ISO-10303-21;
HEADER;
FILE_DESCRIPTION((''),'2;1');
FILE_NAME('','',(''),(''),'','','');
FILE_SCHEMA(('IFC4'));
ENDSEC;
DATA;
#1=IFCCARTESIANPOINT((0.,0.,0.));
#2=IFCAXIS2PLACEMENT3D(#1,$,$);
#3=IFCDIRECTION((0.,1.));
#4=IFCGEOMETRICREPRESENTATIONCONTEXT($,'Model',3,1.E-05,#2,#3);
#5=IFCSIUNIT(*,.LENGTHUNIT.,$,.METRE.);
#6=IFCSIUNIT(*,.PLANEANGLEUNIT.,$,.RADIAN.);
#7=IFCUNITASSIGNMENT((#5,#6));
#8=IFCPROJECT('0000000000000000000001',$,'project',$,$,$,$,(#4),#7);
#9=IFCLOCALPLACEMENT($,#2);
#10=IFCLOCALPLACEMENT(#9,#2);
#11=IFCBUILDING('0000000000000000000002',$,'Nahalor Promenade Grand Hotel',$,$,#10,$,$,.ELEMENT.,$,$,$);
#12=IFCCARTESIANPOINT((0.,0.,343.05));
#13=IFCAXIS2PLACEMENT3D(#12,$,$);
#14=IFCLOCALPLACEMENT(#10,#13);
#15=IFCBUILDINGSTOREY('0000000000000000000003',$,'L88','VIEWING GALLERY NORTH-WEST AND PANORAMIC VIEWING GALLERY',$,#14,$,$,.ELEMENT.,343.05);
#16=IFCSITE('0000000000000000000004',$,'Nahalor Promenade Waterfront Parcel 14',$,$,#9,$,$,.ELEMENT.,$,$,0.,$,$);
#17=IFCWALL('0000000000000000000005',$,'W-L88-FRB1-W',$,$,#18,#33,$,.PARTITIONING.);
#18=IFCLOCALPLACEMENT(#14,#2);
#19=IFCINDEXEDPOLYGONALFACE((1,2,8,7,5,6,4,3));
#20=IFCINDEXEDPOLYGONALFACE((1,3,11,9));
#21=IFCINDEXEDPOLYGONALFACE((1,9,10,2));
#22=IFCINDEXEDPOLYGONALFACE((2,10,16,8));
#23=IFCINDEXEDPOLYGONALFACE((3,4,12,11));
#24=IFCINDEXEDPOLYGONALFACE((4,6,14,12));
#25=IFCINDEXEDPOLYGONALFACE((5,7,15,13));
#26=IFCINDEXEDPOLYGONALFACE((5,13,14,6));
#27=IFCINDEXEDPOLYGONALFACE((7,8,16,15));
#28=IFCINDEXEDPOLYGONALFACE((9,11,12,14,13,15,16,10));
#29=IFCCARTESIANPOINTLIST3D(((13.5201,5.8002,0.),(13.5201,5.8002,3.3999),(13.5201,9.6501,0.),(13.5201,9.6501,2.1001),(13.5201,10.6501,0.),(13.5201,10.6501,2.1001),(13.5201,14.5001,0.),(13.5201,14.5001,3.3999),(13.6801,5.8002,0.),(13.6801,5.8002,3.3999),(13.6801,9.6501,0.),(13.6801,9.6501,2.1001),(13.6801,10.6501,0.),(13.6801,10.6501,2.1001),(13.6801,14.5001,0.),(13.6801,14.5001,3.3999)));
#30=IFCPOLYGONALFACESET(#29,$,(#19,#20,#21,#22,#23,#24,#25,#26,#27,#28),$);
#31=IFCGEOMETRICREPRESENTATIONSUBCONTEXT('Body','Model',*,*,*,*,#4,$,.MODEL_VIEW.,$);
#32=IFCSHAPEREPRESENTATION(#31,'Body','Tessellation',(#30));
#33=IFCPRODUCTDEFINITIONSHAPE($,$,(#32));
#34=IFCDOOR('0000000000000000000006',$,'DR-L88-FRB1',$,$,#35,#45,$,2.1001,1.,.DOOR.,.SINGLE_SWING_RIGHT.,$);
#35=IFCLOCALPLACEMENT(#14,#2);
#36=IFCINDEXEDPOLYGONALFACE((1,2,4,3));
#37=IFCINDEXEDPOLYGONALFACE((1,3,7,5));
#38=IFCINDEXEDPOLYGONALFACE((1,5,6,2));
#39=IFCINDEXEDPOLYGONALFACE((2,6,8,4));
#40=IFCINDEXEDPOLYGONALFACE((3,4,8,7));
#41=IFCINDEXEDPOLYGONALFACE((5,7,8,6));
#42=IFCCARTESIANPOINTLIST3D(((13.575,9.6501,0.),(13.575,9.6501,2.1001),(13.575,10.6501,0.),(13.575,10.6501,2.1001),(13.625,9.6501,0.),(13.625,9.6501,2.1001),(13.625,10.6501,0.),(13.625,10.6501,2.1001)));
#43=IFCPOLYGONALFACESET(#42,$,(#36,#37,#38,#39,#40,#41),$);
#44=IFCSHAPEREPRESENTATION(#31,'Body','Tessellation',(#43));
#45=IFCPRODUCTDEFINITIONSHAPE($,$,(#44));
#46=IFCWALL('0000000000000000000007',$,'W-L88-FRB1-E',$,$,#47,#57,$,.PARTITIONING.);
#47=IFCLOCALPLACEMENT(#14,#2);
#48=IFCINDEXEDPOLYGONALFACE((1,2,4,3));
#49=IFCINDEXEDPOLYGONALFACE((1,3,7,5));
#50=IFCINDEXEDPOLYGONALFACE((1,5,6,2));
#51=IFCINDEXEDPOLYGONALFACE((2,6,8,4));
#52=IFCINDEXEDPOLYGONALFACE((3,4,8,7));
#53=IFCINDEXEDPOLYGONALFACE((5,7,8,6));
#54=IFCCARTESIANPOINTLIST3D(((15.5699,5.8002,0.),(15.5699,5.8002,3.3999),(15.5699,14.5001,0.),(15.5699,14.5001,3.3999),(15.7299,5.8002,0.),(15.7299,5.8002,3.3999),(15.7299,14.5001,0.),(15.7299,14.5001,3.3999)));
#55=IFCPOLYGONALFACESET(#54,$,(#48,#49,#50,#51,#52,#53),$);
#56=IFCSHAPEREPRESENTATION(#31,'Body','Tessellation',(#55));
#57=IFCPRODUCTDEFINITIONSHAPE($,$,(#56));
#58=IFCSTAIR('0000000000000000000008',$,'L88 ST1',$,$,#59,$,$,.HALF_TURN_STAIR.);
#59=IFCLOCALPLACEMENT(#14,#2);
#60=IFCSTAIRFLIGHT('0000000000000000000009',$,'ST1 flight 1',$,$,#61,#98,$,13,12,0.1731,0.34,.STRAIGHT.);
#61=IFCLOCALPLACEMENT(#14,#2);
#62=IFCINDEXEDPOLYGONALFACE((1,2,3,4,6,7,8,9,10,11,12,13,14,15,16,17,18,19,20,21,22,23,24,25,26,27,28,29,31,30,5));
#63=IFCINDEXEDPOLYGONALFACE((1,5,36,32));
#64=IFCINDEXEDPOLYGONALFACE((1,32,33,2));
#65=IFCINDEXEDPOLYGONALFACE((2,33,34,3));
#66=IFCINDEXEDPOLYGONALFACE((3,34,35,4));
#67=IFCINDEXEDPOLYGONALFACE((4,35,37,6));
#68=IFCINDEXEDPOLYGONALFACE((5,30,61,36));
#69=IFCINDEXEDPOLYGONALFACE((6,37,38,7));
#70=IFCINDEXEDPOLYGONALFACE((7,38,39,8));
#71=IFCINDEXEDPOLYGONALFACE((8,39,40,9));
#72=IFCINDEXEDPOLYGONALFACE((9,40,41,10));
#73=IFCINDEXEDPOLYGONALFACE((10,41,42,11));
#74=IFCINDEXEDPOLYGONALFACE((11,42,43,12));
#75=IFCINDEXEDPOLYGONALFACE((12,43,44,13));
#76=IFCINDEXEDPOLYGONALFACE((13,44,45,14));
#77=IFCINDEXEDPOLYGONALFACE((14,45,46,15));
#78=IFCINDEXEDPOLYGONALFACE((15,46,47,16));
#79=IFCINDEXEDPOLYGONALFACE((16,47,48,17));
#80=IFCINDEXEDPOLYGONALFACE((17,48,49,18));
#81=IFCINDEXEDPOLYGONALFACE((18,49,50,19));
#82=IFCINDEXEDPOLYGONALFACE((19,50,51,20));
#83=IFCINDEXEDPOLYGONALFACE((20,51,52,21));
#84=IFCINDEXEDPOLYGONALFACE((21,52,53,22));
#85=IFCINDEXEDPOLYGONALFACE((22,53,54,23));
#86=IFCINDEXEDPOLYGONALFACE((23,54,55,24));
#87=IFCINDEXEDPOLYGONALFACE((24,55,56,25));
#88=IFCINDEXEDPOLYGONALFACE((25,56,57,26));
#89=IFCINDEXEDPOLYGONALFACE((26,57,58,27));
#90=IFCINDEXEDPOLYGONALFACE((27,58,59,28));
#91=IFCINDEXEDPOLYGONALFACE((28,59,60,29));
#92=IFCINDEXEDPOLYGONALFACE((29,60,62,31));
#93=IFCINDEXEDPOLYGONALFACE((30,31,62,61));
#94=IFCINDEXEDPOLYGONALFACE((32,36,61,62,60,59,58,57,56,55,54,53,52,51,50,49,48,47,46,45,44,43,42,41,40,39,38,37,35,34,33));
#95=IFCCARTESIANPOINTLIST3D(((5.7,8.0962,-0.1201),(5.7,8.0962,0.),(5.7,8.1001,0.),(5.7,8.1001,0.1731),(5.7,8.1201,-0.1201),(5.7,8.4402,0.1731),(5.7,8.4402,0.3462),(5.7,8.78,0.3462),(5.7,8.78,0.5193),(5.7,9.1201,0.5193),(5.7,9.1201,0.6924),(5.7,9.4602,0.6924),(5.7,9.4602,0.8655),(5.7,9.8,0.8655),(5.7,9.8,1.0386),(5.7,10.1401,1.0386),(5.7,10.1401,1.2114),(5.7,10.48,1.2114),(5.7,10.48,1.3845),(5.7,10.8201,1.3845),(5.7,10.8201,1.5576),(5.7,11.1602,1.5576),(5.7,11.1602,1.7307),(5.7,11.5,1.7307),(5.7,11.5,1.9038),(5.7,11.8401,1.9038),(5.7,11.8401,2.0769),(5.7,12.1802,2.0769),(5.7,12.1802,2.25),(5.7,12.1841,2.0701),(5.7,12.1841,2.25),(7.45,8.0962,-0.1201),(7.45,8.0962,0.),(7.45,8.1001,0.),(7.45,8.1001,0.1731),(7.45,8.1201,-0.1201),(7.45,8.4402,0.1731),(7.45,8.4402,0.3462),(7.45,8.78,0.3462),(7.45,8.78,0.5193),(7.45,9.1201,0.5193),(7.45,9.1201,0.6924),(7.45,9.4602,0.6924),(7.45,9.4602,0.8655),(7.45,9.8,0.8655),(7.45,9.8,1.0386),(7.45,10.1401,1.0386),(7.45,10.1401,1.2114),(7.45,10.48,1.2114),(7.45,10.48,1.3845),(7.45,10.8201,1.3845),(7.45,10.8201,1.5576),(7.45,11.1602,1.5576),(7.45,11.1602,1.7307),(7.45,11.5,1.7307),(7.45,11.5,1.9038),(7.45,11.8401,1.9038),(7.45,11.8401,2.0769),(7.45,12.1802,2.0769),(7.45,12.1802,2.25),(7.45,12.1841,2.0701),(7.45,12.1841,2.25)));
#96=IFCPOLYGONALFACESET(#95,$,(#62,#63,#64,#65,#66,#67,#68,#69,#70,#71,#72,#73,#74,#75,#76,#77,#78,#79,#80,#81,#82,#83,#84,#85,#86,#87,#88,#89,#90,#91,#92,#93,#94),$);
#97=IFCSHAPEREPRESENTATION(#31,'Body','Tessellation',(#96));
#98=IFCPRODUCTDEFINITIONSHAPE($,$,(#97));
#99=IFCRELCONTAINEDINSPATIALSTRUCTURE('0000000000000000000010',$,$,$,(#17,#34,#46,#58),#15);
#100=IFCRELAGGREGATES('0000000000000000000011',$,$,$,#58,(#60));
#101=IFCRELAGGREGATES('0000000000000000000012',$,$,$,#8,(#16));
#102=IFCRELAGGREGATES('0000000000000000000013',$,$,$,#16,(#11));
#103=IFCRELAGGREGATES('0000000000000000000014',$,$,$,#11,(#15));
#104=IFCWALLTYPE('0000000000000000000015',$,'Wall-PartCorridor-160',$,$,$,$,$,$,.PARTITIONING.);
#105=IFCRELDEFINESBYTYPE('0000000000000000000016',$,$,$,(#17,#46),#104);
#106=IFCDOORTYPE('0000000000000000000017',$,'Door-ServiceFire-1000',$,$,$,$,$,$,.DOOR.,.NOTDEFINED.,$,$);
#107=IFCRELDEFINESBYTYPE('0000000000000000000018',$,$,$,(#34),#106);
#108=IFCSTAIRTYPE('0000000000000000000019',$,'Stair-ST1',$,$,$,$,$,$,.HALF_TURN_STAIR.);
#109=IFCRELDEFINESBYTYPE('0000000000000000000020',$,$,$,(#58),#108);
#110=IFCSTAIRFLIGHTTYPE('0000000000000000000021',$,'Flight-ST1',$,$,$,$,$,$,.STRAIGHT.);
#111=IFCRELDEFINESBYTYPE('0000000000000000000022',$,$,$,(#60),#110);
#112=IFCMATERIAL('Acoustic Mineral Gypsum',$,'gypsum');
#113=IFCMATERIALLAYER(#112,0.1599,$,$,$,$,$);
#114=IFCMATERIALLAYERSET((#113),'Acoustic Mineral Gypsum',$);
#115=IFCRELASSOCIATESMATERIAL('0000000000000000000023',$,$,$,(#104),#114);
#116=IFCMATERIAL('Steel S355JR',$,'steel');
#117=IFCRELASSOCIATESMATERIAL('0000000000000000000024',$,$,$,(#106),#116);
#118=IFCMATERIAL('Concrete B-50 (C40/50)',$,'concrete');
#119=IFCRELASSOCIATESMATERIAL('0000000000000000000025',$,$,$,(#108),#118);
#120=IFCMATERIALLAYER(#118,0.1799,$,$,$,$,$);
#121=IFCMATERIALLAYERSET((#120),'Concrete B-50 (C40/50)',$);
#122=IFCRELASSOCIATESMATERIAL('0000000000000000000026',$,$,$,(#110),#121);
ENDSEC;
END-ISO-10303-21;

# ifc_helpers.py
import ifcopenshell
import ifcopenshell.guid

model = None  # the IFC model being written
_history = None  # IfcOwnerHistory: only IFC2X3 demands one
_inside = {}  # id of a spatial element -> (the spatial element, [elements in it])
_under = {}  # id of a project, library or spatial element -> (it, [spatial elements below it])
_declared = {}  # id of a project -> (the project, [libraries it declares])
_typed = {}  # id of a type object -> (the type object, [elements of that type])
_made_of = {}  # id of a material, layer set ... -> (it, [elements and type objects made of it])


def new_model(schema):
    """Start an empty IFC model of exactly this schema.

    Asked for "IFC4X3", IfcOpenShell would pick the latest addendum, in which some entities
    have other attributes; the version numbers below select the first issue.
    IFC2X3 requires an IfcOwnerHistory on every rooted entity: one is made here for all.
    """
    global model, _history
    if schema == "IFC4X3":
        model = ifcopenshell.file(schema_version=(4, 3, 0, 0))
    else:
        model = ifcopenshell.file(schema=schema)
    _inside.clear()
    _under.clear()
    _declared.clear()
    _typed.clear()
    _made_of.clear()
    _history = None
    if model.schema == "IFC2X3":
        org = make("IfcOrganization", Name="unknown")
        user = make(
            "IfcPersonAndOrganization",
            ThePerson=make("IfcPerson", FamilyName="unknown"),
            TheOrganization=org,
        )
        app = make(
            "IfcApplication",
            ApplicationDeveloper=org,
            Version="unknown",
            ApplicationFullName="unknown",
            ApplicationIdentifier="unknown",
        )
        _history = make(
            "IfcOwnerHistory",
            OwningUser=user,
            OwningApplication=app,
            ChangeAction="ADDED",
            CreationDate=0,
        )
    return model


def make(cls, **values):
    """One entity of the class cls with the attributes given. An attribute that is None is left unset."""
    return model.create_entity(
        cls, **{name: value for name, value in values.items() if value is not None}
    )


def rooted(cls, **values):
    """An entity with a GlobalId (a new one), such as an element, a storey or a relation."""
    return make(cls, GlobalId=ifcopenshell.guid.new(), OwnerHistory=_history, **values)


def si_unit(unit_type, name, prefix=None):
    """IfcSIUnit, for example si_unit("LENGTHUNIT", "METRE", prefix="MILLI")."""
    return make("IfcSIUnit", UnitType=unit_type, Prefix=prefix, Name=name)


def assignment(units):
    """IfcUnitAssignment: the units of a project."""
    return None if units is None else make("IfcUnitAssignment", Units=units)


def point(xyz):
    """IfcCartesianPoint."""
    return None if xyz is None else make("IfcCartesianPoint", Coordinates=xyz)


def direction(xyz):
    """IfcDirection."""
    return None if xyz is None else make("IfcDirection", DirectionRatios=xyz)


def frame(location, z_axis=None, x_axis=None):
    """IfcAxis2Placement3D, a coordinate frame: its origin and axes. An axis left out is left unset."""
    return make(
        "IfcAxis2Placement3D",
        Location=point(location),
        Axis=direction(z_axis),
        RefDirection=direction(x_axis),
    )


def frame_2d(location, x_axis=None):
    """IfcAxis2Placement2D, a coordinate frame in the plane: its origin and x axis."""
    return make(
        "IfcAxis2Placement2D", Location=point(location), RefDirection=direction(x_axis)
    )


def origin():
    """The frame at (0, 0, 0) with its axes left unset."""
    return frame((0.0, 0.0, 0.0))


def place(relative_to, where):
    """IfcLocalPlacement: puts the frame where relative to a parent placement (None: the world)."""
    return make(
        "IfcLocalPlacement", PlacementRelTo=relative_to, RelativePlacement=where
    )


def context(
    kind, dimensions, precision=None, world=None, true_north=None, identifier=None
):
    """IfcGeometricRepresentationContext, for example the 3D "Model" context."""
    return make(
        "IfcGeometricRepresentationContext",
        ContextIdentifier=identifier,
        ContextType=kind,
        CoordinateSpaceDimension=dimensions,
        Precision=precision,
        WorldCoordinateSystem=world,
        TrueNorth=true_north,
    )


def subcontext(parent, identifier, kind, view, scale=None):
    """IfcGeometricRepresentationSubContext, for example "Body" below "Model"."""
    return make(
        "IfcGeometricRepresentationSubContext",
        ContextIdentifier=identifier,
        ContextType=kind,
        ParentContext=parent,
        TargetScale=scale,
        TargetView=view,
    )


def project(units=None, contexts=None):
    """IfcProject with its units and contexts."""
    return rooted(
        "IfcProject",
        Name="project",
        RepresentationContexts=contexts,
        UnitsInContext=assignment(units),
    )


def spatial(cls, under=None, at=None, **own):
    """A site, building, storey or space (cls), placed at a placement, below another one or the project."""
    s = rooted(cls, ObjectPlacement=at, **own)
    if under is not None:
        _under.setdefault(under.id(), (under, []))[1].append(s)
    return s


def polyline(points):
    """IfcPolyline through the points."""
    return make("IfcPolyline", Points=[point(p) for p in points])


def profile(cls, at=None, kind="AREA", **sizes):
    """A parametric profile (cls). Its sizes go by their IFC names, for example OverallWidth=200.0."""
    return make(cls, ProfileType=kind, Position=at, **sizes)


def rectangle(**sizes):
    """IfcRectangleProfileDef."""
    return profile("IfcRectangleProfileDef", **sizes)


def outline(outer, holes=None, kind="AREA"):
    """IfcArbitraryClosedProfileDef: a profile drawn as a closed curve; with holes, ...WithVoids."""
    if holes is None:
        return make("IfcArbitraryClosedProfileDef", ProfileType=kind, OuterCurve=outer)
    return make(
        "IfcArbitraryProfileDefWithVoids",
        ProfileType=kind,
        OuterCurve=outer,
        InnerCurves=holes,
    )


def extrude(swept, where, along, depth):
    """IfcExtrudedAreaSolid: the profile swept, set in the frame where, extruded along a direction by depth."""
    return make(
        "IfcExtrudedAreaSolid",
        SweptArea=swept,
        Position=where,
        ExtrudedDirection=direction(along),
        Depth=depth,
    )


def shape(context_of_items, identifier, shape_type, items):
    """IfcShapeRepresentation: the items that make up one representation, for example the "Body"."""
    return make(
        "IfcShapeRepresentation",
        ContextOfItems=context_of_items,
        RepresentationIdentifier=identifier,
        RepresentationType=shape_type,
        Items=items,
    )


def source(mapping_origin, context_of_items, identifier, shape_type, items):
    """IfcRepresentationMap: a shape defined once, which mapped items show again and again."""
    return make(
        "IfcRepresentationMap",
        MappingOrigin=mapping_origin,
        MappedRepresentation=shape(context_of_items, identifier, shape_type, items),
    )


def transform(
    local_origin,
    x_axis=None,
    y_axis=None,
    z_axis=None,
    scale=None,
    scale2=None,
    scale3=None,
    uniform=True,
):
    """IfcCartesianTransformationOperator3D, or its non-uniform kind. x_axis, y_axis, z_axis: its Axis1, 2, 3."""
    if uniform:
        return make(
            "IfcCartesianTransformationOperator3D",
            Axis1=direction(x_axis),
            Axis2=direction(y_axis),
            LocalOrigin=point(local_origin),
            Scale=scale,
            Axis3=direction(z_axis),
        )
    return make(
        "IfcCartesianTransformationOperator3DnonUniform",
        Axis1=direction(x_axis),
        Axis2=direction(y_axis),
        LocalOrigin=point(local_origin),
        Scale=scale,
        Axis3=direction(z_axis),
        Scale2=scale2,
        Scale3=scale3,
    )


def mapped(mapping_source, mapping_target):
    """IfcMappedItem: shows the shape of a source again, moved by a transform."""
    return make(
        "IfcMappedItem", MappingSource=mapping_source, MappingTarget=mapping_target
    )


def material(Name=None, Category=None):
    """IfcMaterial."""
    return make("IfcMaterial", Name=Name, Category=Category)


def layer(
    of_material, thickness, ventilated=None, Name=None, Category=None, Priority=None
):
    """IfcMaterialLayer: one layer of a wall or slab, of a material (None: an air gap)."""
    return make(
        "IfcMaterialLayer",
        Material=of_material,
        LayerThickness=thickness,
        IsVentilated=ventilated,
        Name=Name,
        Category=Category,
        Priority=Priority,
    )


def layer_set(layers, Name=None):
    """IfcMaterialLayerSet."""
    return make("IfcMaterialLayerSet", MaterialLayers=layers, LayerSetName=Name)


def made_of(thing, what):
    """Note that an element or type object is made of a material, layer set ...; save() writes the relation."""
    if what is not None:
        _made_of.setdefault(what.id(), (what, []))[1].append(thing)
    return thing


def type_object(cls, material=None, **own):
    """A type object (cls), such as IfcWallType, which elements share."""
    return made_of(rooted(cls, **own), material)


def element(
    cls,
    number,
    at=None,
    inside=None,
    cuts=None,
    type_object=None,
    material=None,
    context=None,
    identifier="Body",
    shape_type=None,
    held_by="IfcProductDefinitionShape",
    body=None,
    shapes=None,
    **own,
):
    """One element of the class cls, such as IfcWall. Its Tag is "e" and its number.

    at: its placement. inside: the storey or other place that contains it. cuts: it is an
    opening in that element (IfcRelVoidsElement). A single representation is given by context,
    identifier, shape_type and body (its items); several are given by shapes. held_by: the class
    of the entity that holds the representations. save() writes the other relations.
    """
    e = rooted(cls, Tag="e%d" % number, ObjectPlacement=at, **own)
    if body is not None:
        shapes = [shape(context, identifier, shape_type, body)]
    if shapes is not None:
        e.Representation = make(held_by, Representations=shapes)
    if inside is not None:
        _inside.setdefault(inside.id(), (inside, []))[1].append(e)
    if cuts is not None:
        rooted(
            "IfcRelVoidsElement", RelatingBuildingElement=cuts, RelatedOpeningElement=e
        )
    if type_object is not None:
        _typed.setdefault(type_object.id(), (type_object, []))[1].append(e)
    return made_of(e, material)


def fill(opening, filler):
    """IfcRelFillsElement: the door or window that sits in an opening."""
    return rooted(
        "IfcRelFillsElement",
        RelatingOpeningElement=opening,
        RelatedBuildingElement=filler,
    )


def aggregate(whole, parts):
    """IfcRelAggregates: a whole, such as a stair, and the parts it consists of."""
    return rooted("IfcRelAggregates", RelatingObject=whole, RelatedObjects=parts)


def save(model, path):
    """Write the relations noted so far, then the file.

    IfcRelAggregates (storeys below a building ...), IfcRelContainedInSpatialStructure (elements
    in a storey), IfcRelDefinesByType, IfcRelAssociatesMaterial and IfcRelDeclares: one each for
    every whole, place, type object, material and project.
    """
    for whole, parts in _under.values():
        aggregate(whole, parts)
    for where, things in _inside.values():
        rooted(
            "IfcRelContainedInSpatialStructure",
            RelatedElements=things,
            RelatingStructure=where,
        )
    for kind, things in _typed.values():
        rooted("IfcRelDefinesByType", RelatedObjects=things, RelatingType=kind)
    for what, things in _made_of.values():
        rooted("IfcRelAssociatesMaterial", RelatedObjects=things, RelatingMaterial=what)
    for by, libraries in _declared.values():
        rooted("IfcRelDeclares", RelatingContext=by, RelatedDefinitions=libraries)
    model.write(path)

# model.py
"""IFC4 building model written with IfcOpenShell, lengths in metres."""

from ifc_helpers import new_model, si_unit, direction, frame, frame_2d, origin, place, context, subcontext, project, spatial, polyline, rectangle, outline, extrude, source, transform, mapped, material, layer, layer_set, type_object, element, fill, aggregate, save


model = new_model("IFC4")

# Units and contexts
model_context = context("Model", 3, precision=1e-05, world=origin(), true_north=direction((0.0, 1.0)))
body_context = subcontext(model_context, "Body", "Model", "MODEL_VIEW")
ifc_project = project(units=[si_unit("LENGTHUNIT", "METRE"), si_unit("PLANEANGLEUNIT", "RADIAN")], contexts=[model_context])

# Site, building, storey
site_placement = place(None, origin())
site = spatial("IfcSite", under=ifc_project, at=site_placement, Name="Nahalor Promenade Waterfront Parcel 14", CompositionType="ELEMENT", RefElevation=0.0)
building_placement = place(site_placement, origin())
building = spatial("IfcBuilding", under=site, at=building_placement, Name="Nahalor Promenade Grand Hotel", CompositionType="ELEMENT")
storey_placement = place(building_placement, frame((0.0, 0.0, 343.05)))
storey = spatial("IfcBuildingStorey", under=building, at=storey_placement, Name="L88", Description="VIEWING GALLERY NORTH-WEST AND PANORAMIC VIEWING GALLERY", CompositionType="ELEMENT", Elevation=343.05)

# Shared definitions
ifc_material_1 = material(Name="Steel S355JR", Category="steel")

# Shared definitions
ifc_material_2 = material(Name="Concrete B-50 (C40/50)", Category="concrete")

# Shared definitions
ifc_material_3 = material(Name="Acoustic Mineral Gypsum", Category="gypsum")
ifc_layer_1 = layer(ifc_material_3, 0.1599)
ifc_layer_set_1 = layer_set([ifc_layer_1], Name="Acoustic Mineral Gypsum")
wall_type_1 = type_object("IfcWallType", Name="Wall-PartCorridor-160", PredefinedType="PARTITIONING", material=ifc_layer_set_1)
door_type_1 = type_object("IfcDoorType", Name="Door-ServiceFire-1000", OperationType="NOTDEFINED", PredefinedType="DOOR", material=ifc_material_1)
shared_shape_1 = source(origin(), body_context, "Body", "SweptSolid", [
    extrude(rectangle(XDim=1.0, YDim=2.1001, at=frame_2d((0.5, 1.05))), frame((0.0, 0.0249, 0.0), z_axis=(0.0, -1.0, 0.0), x_axis=(1.0, 0.0, 0.0)), (0.0, 0.0, 1.0), 0.05),
])

# Wall, opening, door
shared_shape_2 = source(origin(), body_context, "Body", "SweptSolid", [
    extrude(rectangle(XDim=8.7, YDim=0.1599, at=frame_2d((4.3501, 0.0))), origin(), (0.0, 0.0, 1.0), 3.3999),
])
wall_1_placement = place(storey_placement, frame((13.6001, 5.8, 0.0), z_axis=(0.0, 0.0, 1.0), x_axis=(0.0, 1.0, 0.0)))
wall_1 = element("IfcWall", 1, at=wall_1_placement, inside=storey, type_object=wall_type_1, Name="W-L88-FRB1-W", PredefinedType="PARTITIONING", context=body_context, shape_type="MappedRepresentation", body=[
    mapped(shared_shape_2, transform((0.0, 0.0, 0.0), scale=1.0)),
])
opening_1_placement = place(wall_1_placement, frame((3.8501, 0.0, 0.0)))
opening_1 = element("IfcOpeningElement", 2, at=opening_1_placement, cuts=wall_1, PredefinedType="OPENING", context=body_context, shape_type="SweptSolid", body=[
    extrude(rectangle(XDim=1.0, YDim=2.1001, at=frame_2d((0.5, 1.05))), frame((0.0, 0.0898, 0.0), z_axis=(0.0, -1.0, 0.0), x_axis=(1.0, 0.0, 0.0)), (0.0, 0.0, 1.0), 0.1799),
])
door_1_placement = place(opening_1_placement, frame((1.0, 0.0, 0.0), z_axis=(0.0, 0.0, 1.0), x_axis=(-1.0, 0.0, 0.0)))
door_1 = element("IfcDoor", 3, at=door_1_placement, inside=storey, type_object=door_type_1, Name="DR-L88-FRB1", OperationType="SINGLE_SWING_RIGHT", OverallHeight=2.1001, OverallWidth=1.0, PredefinedType="DOOR", context=body_context, shape_type="MappedRepresentation", body=[
    mapped(shared_shape_1, transform((0.0, 0.0, 0.0), scale=1.0)),
])
fill(opening_1, door_1)

# Wall
wall_2_placement = place(storey_placement, frame((15.6499, 5.8, 0.0), z_axis=(0.0, 0.0, 1.0), x_axis=(0.0, 1.0, 0.0)))
element("IfcWall", 4, at=wall_2_placement, inside=storey, type_object=wall_type_1, Name="W-L88-FRB1-E", PredefinedType="PARTITIONING", context=body_context, shape_type="MappedRepresentation", body=[
    mapped(shared_shape_2, transform((0.0, 0.0, 0.0), scale=1.0)),
])

# Stair, stair flight
stair_type = type_object("IfcStairType", Name="Stair-ST1", PredefinedType="HALF_TURN_STAIR", material=ifc_material_2)
stair_placement = place(storey_placement, origin())
stair = element("IfcStair", 5, at=stair_placement, inside=storey, type_object=stair_type, Name="L88 ST1", PredefinedType="HALF_TURN_STAIR")
ifc_layer_2 = layer(ifc_material_2, 0.1799)
ifc_layer_set_2 = layer_set([ifc_layer_2], Name="Concrete B-50 (C40/50)")
stair_flight_type = type_object("IfcStairFlightType", Name="Flight-ST1", PredefinedType="STRAIGHT", material=ifc_layer_set_2)
shared_shape_3 = source(origin(), body_context, "Body", "SweptSolid", [
    extrude(outline(polyline([(-0.0039, -0.1201), (-0.0039, 0.0), (0.0, 0.0), (0.0, 0.1731), (0.3401, 0.1731), (0.3401, 0.3462), (0.6799, 0.3462), (0.6799, 0.5193), (1.02, 0.5193), (1.02, 0.6924), (1.3601, 0.6924), (1.3601, 0.8655), (1.7, 0.8655), (1.7, 1.0386), (2.04, 1.0386), (2.04, 1.2114), (2.3799, 1.2114), (2.3799, 1.3845), (2.72, 1.3845), (2.72, 1.5576), (3.0601, 1.5576), (3.0601, 1.7307), (3.3999, 1.7307), (3.3999, 1.9038), (3.74, 1.9038), (3.74, 2.0769), (4.0801, 2.0769), (4.0801, 2.25), (4.084, 2.25), (4.084, 2.0701), (0.02, -0.1201), (-0.0039, -0.1201)])), frame((0.0, 0.875, 0.0), z_axis=(0.0, -1.0, 0.0), x_axis=(1.0, 0.0, 0.0)), (0.0, 0.0, 1.0), 1.75),
])
stair_flight_placement = place(storey_placement, frame((6.575, 8.1001, 0.0), z_axis=(0.0, 0.0, 1.0), x_axis=(0.0, 1.0, 0.0)))
stair_flight = element("IfcStairFlight", 6, at=stair_flight_placement, type_object=stair_flight_type, Name="ST1 flight 1", NumberOfRisers=13, NumberOfTreads=12, PredefinedType="STRAIGHT", RiserHeight=0.1731, TreadLength=0.34, context=body_context, shape_type="MappedRepresentation", body=[
    mapped(shared_shape_3, transform((0.0, 0.0, 0.0), scale=1.0)),
])
aggregate(stair, [stair_flight])

save(model, "model.ifc")
